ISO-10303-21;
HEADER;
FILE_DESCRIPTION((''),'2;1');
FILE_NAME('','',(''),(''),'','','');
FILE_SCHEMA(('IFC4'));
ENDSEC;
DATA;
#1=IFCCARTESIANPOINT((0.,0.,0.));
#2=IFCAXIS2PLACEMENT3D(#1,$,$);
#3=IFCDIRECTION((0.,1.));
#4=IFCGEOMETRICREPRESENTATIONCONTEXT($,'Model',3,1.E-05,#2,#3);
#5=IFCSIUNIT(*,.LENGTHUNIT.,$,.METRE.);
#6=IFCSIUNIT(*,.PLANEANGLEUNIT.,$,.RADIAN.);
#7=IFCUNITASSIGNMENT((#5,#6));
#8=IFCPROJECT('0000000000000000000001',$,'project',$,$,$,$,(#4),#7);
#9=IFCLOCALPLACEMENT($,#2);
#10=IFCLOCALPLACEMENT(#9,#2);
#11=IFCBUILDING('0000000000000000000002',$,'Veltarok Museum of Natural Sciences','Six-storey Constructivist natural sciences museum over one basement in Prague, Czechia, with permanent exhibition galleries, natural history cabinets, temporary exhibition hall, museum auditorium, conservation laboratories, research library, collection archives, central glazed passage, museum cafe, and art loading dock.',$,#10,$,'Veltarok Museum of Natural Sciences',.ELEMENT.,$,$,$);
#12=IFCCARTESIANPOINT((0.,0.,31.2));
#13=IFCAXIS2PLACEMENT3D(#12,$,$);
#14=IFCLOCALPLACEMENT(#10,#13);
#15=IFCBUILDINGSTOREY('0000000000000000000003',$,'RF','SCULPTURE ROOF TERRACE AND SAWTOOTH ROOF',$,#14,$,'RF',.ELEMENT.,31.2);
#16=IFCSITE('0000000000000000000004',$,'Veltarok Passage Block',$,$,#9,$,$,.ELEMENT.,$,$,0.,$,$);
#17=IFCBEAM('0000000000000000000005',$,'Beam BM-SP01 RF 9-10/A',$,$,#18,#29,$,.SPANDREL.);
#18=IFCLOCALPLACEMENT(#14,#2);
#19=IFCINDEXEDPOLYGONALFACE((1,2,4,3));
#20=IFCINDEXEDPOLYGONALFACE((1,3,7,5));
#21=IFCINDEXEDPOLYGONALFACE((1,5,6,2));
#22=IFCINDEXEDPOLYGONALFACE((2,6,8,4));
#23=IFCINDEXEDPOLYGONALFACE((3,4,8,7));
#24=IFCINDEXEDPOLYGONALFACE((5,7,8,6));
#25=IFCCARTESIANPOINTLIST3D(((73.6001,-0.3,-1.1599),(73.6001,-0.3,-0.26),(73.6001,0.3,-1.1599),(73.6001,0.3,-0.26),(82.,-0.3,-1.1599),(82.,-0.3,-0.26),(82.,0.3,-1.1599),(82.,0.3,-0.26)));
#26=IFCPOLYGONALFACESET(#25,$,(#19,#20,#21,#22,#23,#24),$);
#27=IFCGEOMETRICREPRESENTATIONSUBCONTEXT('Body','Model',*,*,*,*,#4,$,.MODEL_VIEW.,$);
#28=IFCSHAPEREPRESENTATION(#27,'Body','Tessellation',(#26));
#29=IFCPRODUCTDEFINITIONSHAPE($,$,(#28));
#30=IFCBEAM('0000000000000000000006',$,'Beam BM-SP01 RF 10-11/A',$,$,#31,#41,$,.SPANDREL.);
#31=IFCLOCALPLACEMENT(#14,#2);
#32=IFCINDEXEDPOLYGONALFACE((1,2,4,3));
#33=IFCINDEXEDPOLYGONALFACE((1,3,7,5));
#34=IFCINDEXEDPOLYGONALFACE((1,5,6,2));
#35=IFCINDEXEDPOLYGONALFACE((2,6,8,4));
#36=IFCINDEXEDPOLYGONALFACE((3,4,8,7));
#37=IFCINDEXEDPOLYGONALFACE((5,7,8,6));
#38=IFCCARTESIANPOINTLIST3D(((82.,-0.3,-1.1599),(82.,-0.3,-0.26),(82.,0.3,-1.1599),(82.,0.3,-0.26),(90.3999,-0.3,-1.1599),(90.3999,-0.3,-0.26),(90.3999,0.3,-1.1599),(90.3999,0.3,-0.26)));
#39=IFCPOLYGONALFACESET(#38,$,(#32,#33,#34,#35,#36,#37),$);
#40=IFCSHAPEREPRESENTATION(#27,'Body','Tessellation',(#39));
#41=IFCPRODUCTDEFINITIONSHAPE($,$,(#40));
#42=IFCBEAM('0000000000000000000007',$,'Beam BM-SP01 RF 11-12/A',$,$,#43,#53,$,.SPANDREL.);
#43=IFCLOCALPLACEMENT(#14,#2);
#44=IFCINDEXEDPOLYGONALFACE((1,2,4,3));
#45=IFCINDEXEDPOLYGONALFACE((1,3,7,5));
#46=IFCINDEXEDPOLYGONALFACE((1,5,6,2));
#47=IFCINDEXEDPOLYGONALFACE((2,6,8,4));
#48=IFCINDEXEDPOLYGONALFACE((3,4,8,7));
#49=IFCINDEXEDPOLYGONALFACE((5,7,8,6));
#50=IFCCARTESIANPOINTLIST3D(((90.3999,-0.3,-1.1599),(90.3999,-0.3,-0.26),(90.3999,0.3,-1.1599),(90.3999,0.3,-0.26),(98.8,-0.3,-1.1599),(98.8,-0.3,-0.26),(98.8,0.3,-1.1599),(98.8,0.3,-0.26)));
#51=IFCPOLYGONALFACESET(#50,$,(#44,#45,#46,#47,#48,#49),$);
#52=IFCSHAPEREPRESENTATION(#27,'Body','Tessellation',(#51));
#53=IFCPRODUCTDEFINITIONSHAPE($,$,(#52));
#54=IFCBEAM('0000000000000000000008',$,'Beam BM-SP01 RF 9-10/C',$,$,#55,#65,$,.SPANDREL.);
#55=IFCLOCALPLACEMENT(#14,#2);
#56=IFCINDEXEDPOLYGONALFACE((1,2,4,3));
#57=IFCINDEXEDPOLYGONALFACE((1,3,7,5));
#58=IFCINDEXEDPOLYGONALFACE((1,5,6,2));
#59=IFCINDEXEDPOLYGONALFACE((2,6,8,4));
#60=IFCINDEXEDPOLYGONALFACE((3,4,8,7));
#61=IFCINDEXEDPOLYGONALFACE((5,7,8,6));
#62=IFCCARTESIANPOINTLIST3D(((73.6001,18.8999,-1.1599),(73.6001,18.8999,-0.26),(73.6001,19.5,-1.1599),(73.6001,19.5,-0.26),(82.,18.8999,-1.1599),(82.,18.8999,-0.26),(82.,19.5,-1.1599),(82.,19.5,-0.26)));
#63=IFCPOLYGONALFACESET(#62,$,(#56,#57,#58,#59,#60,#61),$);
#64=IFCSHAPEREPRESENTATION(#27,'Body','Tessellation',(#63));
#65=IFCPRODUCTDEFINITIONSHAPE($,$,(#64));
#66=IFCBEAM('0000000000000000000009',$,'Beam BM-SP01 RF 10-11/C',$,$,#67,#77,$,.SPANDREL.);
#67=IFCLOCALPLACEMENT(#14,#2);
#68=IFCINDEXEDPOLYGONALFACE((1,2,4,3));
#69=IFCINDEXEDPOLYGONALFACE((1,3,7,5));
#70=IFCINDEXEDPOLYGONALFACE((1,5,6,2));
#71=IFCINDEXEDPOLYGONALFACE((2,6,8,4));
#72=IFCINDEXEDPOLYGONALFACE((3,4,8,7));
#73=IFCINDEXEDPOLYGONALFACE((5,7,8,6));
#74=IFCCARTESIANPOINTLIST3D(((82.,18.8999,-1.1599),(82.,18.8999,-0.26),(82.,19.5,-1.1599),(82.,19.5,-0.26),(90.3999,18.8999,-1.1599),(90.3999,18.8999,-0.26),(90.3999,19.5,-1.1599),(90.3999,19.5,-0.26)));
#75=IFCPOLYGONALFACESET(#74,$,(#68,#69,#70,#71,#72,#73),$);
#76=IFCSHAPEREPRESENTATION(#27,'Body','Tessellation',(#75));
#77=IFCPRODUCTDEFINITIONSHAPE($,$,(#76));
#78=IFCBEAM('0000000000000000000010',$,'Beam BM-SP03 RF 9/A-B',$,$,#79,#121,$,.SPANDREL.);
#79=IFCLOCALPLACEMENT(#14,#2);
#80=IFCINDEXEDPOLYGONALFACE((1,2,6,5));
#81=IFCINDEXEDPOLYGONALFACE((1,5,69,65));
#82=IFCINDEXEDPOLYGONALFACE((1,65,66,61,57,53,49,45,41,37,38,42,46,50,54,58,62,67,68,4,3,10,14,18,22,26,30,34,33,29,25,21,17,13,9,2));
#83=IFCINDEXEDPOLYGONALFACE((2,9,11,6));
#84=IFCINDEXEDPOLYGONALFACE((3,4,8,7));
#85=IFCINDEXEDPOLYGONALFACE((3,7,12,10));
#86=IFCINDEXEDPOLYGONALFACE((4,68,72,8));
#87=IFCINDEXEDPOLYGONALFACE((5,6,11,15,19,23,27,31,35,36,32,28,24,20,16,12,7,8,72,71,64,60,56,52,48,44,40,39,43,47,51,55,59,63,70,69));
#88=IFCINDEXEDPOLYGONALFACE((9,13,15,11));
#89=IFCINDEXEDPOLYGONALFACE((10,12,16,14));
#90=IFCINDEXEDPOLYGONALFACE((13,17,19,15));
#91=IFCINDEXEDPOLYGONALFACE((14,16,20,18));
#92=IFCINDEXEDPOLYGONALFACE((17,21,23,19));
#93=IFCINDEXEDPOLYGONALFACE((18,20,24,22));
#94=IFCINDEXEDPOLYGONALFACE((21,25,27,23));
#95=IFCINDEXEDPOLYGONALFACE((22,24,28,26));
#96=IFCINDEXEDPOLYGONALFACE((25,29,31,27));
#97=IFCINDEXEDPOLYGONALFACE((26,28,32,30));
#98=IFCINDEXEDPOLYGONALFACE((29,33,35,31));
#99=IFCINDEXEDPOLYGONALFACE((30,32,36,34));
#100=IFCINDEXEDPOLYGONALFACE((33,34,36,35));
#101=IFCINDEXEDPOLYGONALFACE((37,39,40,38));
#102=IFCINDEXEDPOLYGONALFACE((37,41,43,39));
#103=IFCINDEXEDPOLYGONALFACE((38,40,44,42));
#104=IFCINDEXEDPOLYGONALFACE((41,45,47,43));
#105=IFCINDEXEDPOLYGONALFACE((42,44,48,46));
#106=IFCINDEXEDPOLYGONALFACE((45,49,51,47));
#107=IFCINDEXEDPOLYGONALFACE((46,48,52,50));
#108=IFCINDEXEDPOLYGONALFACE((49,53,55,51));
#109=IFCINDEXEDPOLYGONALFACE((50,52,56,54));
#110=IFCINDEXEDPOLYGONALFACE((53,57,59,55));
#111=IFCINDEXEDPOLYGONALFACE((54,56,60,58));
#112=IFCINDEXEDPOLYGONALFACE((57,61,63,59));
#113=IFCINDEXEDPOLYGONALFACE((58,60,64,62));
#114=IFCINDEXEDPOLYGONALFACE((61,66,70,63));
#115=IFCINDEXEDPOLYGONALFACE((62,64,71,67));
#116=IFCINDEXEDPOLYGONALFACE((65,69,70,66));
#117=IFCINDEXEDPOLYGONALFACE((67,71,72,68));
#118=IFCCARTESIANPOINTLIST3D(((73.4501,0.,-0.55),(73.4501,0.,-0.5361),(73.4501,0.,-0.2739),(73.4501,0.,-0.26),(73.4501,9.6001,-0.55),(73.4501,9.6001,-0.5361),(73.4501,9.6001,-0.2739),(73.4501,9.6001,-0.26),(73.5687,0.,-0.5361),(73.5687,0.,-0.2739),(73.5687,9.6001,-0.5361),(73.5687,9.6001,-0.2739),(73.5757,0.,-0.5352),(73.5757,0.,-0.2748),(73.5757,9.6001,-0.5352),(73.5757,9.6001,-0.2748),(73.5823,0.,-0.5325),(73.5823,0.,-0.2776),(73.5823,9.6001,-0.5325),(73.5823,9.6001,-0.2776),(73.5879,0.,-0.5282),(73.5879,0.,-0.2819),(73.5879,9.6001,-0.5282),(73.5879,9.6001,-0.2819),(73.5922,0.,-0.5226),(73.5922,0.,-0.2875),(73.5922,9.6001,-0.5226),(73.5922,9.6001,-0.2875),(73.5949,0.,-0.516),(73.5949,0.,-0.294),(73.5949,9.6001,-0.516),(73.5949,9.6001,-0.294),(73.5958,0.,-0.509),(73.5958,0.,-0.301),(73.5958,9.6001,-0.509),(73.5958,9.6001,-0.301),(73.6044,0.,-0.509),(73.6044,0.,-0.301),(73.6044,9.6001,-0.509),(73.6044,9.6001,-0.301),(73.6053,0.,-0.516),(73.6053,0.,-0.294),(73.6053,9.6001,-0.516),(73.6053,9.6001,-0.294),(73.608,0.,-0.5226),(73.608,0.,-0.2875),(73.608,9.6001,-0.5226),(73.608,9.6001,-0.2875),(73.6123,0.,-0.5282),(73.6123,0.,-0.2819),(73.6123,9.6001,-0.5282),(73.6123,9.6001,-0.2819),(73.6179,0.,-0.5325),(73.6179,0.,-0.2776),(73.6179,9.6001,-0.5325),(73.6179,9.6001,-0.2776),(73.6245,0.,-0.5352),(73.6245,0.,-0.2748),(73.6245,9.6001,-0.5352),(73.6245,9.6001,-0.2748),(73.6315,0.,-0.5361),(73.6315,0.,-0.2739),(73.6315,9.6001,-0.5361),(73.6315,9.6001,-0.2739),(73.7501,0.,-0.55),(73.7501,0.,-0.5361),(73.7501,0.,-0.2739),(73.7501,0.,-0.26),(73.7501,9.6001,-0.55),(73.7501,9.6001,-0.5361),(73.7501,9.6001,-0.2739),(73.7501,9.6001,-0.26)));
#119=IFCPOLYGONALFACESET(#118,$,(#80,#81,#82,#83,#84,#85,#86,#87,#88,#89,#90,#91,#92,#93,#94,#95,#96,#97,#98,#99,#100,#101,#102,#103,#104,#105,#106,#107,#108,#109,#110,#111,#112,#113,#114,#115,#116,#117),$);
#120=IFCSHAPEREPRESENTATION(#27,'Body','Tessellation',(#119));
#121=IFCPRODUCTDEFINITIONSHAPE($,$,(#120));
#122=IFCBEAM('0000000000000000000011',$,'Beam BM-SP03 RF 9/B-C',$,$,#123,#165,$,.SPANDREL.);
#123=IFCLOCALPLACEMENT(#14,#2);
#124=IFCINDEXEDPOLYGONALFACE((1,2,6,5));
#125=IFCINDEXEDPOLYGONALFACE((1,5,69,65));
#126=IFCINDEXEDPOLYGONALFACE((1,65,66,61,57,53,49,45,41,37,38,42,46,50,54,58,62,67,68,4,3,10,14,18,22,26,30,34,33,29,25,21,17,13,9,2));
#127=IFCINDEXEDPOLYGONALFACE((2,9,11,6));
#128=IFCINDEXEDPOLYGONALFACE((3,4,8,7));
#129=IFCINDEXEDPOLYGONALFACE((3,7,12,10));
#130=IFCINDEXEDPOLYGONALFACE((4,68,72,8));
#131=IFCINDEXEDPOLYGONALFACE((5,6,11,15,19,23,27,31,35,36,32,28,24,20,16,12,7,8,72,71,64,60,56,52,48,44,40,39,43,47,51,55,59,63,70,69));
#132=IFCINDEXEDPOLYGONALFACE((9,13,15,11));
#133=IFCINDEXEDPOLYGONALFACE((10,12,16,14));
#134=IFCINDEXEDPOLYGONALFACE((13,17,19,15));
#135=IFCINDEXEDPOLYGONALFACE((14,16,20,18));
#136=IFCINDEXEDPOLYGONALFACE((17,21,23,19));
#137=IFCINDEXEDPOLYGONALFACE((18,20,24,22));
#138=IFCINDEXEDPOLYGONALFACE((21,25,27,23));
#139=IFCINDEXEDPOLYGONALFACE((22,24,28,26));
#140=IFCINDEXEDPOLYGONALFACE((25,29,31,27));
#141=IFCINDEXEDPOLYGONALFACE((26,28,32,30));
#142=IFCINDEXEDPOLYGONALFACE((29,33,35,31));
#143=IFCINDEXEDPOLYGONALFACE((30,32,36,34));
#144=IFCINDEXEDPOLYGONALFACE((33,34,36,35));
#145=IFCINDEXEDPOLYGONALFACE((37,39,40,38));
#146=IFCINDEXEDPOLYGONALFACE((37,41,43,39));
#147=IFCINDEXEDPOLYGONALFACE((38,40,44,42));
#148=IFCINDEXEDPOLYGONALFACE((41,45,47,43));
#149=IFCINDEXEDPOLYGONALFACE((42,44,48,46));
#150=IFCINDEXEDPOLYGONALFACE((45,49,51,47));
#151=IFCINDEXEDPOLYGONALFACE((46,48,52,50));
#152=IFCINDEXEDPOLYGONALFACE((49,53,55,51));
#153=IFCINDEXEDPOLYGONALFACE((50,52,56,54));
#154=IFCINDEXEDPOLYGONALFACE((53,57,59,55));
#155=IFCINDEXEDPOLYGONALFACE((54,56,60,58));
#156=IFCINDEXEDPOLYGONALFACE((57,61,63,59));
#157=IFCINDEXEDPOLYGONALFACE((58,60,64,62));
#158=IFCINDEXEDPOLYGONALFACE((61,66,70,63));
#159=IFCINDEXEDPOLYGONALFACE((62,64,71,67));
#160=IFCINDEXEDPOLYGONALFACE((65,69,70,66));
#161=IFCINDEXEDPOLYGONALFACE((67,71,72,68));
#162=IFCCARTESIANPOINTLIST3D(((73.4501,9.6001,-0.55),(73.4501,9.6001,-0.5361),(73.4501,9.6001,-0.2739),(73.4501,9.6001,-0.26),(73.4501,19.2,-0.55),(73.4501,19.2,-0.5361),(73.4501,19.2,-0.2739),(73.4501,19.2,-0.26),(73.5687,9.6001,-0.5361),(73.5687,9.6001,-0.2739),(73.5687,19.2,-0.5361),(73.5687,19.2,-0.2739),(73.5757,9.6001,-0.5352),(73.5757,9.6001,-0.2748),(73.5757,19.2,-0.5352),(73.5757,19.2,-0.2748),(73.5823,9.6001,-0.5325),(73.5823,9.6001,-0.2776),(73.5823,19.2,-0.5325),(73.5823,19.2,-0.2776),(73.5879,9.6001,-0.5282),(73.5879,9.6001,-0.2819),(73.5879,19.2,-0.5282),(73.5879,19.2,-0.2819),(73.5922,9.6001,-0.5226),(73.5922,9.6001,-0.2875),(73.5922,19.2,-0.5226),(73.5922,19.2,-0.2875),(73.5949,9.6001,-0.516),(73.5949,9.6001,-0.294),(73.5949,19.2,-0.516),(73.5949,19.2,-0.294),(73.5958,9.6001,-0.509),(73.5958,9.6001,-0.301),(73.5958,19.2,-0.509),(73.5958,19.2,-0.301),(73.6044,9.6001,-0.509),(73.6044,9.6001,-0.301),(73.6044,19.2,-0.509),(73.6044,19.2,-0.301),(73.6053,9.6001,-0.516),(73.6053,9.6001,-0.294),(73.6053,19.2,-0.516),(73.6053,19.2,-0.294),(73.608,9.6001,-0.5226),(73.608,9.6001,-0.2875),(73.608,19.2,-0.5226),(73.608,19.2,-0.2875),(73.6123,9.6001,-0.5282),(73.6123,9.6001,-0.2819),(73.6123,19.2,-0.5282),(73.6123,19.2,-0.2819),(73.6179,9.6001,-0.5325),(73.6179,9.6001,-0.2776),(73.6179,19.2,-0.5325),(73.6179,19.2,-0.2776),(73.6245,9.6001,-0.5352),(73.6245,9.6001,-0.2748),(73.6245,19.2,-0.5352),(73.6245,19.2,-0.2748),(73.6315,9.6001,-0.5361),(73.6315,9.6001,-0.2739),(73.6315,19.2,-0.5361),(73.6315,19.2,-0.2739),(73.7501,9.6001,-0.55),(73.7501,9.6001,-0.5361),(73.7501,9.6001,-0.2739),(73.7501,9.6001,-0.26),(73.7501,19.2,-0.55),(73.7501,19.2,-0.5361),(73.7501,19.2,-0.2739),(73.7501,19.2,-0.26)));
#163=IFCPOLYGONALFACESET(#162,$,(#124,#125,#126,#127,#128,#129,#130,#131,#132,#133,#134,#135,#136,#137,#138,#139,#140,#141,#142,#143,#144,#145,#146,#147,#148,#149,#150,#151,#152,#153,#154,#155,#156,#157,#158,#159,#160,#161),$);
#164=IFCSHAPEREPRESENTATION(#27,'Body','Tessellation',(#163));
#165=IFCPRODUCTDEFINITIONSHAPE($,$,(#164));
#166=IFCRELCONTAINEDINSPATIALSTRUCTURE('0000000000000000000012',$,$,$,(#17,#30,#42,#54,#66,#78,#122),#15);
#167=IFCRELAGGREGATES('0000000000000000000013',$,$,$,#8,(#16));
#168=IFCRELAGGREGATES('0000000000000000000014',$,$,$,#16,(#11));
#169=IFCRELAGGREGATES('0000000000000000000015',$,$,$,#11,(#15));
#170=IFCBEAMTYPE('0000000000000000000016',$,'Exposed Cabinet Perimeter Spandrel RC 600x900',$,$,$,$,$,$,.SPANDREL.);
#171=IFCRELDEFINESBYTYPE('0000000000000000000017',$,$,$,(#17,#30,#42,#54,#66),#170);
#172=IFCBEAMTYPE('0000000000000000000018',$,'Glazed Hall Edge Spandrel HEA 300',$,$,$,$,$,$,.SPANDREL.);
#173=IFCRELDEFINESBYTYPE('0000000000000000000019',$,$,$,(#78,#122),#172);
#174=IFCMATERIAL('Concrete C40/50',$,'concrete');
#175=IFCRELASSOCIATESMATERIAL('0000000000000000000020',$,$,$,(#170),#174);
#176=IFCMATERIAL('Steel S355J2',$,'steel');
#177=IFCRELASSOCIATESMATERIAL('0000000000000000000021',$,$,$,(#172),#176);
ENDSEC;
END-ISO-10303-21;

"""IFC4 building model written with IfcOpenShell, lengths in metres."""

from ifc_helpers import new_model, si_unit, direction, frame, origin, origin_2d, place, context, subcontext, project, spatial, rectangle, i_section, extrude, material, material_profile, profile_set, type_object, element, save


model = new_model("IFC4")

# Units and contexts
model_context = context("Model", 3, precision=1e-05, world=origin(), true_north=direction((0.0, 1.0)))
body_context = subcontext(model_context, "Body", "Model", "MODEL_VIEW")
ifc_project = project(units=[si_unit("LENGTHUNIT", "METRE"), si_unit("PLANEANGLEUNIT", "RADIAN")], contexts=[model_context])

# Site, building, storey
site_placement = place(None, origin())
site = spatial("IfcSite", under=ifc_project, at=site_placement, Name="Veltarok Passage Block", CompositionType="ELEMENT", RefElevation=0.0)
building_placement = place(site_placement, origin())
building = spatial("IfcBuilding", under=site, at=building_placement, Name="Veltarok Museum of Natural Sciences", Description="Six-storey Constructivist natural sciences museum over one basement in Prague, Czechia, with permanent exhibition galleries, natural history cabinets, temporary exhibition hall, museum auditorium, conservation laboratories, research library, collection archives, central glazed passage, museum cafe, and art loading dock.", LongName="Veltarok Museum of Natural Sciences", CompositionType="ELEMENT")
storey_placement = place(building_placement, frame((0.0, 0.0, 31.2)))
storey = spatial("IfcBuildingStorey", under=building, at=storey_placement, Name="RF", Description="SCULPTURE ROOF TERRACE AND SAWTOOTH ROOF", LongName="RF", CompositionType="ELEMENT", Elevation=31.2)

# Beams
ifc_material_1 = material(Name="Concrete C40/50", Category="concrete")
ifc_material_profile_1 = material_profile(ifc_material_1, rectangle(XDim=0.6001, YDim=0.8999, at=origin_2d()), Name="RC 600x900")
ifc_profile_set_1 = profile_set([ifc_material_profile_1], Name="Concrete C40/50")
beam_type_1 = type_object("IfcBeamType", Name="Exposed Cabinet Perimeter Spandrel RC 600x900", PredefinedType="SPANDREL", material=ifc_profile_set_1)
for number, where, z_axis, x_axis, name in (
    (1, (73.6001, 0.0, -0.71), (1.0, 0.0, 0.0), (0.0, 1.0, 0.0), "Beam BM-SP01 RF 9-10/A"),
    (2, (82.0, 0.0, -0.71), (1.0, 0.0, 0.0), (0.0, 1.0, 0.0), "Beam BM-SP01 RF 10-11/A"),
):
    element("IfcBeam", number, at=place(storey_placement, frame(where, z_axis=z_axis, x_axis=x_axis)), inside=storey, type_object=beam_type_1, Name=name, PredefinedType="SPANDREL", context=body_context, shape_type="SweptSolid", body=[
        extrude(rectangle(XDim=0.6001, YDim=0.8999, at=origin_2d()), origin(), (0.0, 0.0, 1.0), 8.3999),
    ])
beam_1_placement = place(storey_placement, frame((90.3999, 0.0, -0.71), z_axis=(1.0, 0.0, 0.0), x_axis=(0.0, 1.0, 0.0)))
element("IfcBeam", 3, at=beam_1_placement, inside=storey, type_object=beam_type_1, Name="Beam BM-SP01 RF 11-12/A", PredefinedType="SPANDREL", context=body_context, shape_type="SweptSolid", body=[
    extrude(rectangle(XDim=0.6001, YDim=0.8999, at=origin_2d()), origin(), (0.0, 0.0, 1.0), 8.4001),
])
for number, where, z_axis, x_axis, name in (
    (4, (73.6001, 19.2, -0.71), (1.0, 0.0, 0.0), (0.0, 1.0, 0.0), "Beam BM-SP01 RF 9-10/C"),
    (5, (82.0, 19.2, -0.71), (1.0, 0.0, 0.0), (0.0, 1.0, 0.0), "Beam BM-SP01 RF 10-11/C"),
):
    element("IfcBeam", number, at=place(storey_placement, frame(where, z_axis=z_axis, x_axis=x_axis)), inside=storey, type_object=beam_type_1, Name=name, PredefinedType="SPANDREL", context=body_context, shape_type="SweptSolid", body=[
        extrude(rectangle(XDim=0.6001, YDim=0.8999, at=origin_2d()), origin(), (0.0, 0.0, 1.0), 8.3999),
    ])
ifc_material_2 = material(Name="Steel S355J2", Category="steel")
ifc_material_profile_2 = material_profile(ifc_material_2, i_section(OverallWidth=0.3, OverallDepth=0.29, WebThickness=0.0085, FlangeThickness=0.0139, FilletRadius=0.0271, at=origin_2d()), Name="HEA 300")
ifc_profile_set_2 = profile_set([ifc_material_profile_2], Name="Steel S355J2")
beam_type_2 = type_object("IfcBeamType", Name="Glazed Hall Edge Spandrel HEA 300", PredefinedType="SPANDREL", material=ifc_profile_set_2)
beam_2_placement = place(storey_placement, frame((73.6001, 0.0, -0.405), z_axis=(0.0, 1.0, 0.0), x_axis=(-1.0, 0.0, 0.0)))
element("IfcBeam", 6, at=beam_2_placement, inside=storey, type_object=beam_type_2, Name="Beam BM-SP03 RF 9/A-B", PredefinedType="SPANDREL", context=body_context, shape_type="SweptSolid", body=[
    extrude(i_section(OverallWidth=0.3, OverallDepth=0.29, WebThickness=0.0085, FlangeThickness=0.0139, FilletRadius=0.0271, at=origin_2d()), origin(), (0.0, 0.0, 1.0), 9.6001),
])
beam_3_placement = place(storey_placement, frame((73.6001, 9.6001, -0.405), z_axis=(0.0, 1.0, 0.0), x_axis=(-1.0, 0.0, 0.0)))
element("IfcBeam", 7, at=beam_3_placement, inside=storey, type_object=beam_type_2, Name="Beam BM-SP03 RF 9/B-C", PredefinedType="SPANDREL", context=body_context, shape_type="SweptSolid", body=[
    extrude(i_section(OverallWidth=0.3, OverallDepth=0.29, WebThickness=0.0085, FlangeThickness=0.0139, FilletRadius=0.0271, at=origin_2d()), origin(), (0.0, 0.0, 1.0), 9.5999),
])

save(model, "model.ifc")
